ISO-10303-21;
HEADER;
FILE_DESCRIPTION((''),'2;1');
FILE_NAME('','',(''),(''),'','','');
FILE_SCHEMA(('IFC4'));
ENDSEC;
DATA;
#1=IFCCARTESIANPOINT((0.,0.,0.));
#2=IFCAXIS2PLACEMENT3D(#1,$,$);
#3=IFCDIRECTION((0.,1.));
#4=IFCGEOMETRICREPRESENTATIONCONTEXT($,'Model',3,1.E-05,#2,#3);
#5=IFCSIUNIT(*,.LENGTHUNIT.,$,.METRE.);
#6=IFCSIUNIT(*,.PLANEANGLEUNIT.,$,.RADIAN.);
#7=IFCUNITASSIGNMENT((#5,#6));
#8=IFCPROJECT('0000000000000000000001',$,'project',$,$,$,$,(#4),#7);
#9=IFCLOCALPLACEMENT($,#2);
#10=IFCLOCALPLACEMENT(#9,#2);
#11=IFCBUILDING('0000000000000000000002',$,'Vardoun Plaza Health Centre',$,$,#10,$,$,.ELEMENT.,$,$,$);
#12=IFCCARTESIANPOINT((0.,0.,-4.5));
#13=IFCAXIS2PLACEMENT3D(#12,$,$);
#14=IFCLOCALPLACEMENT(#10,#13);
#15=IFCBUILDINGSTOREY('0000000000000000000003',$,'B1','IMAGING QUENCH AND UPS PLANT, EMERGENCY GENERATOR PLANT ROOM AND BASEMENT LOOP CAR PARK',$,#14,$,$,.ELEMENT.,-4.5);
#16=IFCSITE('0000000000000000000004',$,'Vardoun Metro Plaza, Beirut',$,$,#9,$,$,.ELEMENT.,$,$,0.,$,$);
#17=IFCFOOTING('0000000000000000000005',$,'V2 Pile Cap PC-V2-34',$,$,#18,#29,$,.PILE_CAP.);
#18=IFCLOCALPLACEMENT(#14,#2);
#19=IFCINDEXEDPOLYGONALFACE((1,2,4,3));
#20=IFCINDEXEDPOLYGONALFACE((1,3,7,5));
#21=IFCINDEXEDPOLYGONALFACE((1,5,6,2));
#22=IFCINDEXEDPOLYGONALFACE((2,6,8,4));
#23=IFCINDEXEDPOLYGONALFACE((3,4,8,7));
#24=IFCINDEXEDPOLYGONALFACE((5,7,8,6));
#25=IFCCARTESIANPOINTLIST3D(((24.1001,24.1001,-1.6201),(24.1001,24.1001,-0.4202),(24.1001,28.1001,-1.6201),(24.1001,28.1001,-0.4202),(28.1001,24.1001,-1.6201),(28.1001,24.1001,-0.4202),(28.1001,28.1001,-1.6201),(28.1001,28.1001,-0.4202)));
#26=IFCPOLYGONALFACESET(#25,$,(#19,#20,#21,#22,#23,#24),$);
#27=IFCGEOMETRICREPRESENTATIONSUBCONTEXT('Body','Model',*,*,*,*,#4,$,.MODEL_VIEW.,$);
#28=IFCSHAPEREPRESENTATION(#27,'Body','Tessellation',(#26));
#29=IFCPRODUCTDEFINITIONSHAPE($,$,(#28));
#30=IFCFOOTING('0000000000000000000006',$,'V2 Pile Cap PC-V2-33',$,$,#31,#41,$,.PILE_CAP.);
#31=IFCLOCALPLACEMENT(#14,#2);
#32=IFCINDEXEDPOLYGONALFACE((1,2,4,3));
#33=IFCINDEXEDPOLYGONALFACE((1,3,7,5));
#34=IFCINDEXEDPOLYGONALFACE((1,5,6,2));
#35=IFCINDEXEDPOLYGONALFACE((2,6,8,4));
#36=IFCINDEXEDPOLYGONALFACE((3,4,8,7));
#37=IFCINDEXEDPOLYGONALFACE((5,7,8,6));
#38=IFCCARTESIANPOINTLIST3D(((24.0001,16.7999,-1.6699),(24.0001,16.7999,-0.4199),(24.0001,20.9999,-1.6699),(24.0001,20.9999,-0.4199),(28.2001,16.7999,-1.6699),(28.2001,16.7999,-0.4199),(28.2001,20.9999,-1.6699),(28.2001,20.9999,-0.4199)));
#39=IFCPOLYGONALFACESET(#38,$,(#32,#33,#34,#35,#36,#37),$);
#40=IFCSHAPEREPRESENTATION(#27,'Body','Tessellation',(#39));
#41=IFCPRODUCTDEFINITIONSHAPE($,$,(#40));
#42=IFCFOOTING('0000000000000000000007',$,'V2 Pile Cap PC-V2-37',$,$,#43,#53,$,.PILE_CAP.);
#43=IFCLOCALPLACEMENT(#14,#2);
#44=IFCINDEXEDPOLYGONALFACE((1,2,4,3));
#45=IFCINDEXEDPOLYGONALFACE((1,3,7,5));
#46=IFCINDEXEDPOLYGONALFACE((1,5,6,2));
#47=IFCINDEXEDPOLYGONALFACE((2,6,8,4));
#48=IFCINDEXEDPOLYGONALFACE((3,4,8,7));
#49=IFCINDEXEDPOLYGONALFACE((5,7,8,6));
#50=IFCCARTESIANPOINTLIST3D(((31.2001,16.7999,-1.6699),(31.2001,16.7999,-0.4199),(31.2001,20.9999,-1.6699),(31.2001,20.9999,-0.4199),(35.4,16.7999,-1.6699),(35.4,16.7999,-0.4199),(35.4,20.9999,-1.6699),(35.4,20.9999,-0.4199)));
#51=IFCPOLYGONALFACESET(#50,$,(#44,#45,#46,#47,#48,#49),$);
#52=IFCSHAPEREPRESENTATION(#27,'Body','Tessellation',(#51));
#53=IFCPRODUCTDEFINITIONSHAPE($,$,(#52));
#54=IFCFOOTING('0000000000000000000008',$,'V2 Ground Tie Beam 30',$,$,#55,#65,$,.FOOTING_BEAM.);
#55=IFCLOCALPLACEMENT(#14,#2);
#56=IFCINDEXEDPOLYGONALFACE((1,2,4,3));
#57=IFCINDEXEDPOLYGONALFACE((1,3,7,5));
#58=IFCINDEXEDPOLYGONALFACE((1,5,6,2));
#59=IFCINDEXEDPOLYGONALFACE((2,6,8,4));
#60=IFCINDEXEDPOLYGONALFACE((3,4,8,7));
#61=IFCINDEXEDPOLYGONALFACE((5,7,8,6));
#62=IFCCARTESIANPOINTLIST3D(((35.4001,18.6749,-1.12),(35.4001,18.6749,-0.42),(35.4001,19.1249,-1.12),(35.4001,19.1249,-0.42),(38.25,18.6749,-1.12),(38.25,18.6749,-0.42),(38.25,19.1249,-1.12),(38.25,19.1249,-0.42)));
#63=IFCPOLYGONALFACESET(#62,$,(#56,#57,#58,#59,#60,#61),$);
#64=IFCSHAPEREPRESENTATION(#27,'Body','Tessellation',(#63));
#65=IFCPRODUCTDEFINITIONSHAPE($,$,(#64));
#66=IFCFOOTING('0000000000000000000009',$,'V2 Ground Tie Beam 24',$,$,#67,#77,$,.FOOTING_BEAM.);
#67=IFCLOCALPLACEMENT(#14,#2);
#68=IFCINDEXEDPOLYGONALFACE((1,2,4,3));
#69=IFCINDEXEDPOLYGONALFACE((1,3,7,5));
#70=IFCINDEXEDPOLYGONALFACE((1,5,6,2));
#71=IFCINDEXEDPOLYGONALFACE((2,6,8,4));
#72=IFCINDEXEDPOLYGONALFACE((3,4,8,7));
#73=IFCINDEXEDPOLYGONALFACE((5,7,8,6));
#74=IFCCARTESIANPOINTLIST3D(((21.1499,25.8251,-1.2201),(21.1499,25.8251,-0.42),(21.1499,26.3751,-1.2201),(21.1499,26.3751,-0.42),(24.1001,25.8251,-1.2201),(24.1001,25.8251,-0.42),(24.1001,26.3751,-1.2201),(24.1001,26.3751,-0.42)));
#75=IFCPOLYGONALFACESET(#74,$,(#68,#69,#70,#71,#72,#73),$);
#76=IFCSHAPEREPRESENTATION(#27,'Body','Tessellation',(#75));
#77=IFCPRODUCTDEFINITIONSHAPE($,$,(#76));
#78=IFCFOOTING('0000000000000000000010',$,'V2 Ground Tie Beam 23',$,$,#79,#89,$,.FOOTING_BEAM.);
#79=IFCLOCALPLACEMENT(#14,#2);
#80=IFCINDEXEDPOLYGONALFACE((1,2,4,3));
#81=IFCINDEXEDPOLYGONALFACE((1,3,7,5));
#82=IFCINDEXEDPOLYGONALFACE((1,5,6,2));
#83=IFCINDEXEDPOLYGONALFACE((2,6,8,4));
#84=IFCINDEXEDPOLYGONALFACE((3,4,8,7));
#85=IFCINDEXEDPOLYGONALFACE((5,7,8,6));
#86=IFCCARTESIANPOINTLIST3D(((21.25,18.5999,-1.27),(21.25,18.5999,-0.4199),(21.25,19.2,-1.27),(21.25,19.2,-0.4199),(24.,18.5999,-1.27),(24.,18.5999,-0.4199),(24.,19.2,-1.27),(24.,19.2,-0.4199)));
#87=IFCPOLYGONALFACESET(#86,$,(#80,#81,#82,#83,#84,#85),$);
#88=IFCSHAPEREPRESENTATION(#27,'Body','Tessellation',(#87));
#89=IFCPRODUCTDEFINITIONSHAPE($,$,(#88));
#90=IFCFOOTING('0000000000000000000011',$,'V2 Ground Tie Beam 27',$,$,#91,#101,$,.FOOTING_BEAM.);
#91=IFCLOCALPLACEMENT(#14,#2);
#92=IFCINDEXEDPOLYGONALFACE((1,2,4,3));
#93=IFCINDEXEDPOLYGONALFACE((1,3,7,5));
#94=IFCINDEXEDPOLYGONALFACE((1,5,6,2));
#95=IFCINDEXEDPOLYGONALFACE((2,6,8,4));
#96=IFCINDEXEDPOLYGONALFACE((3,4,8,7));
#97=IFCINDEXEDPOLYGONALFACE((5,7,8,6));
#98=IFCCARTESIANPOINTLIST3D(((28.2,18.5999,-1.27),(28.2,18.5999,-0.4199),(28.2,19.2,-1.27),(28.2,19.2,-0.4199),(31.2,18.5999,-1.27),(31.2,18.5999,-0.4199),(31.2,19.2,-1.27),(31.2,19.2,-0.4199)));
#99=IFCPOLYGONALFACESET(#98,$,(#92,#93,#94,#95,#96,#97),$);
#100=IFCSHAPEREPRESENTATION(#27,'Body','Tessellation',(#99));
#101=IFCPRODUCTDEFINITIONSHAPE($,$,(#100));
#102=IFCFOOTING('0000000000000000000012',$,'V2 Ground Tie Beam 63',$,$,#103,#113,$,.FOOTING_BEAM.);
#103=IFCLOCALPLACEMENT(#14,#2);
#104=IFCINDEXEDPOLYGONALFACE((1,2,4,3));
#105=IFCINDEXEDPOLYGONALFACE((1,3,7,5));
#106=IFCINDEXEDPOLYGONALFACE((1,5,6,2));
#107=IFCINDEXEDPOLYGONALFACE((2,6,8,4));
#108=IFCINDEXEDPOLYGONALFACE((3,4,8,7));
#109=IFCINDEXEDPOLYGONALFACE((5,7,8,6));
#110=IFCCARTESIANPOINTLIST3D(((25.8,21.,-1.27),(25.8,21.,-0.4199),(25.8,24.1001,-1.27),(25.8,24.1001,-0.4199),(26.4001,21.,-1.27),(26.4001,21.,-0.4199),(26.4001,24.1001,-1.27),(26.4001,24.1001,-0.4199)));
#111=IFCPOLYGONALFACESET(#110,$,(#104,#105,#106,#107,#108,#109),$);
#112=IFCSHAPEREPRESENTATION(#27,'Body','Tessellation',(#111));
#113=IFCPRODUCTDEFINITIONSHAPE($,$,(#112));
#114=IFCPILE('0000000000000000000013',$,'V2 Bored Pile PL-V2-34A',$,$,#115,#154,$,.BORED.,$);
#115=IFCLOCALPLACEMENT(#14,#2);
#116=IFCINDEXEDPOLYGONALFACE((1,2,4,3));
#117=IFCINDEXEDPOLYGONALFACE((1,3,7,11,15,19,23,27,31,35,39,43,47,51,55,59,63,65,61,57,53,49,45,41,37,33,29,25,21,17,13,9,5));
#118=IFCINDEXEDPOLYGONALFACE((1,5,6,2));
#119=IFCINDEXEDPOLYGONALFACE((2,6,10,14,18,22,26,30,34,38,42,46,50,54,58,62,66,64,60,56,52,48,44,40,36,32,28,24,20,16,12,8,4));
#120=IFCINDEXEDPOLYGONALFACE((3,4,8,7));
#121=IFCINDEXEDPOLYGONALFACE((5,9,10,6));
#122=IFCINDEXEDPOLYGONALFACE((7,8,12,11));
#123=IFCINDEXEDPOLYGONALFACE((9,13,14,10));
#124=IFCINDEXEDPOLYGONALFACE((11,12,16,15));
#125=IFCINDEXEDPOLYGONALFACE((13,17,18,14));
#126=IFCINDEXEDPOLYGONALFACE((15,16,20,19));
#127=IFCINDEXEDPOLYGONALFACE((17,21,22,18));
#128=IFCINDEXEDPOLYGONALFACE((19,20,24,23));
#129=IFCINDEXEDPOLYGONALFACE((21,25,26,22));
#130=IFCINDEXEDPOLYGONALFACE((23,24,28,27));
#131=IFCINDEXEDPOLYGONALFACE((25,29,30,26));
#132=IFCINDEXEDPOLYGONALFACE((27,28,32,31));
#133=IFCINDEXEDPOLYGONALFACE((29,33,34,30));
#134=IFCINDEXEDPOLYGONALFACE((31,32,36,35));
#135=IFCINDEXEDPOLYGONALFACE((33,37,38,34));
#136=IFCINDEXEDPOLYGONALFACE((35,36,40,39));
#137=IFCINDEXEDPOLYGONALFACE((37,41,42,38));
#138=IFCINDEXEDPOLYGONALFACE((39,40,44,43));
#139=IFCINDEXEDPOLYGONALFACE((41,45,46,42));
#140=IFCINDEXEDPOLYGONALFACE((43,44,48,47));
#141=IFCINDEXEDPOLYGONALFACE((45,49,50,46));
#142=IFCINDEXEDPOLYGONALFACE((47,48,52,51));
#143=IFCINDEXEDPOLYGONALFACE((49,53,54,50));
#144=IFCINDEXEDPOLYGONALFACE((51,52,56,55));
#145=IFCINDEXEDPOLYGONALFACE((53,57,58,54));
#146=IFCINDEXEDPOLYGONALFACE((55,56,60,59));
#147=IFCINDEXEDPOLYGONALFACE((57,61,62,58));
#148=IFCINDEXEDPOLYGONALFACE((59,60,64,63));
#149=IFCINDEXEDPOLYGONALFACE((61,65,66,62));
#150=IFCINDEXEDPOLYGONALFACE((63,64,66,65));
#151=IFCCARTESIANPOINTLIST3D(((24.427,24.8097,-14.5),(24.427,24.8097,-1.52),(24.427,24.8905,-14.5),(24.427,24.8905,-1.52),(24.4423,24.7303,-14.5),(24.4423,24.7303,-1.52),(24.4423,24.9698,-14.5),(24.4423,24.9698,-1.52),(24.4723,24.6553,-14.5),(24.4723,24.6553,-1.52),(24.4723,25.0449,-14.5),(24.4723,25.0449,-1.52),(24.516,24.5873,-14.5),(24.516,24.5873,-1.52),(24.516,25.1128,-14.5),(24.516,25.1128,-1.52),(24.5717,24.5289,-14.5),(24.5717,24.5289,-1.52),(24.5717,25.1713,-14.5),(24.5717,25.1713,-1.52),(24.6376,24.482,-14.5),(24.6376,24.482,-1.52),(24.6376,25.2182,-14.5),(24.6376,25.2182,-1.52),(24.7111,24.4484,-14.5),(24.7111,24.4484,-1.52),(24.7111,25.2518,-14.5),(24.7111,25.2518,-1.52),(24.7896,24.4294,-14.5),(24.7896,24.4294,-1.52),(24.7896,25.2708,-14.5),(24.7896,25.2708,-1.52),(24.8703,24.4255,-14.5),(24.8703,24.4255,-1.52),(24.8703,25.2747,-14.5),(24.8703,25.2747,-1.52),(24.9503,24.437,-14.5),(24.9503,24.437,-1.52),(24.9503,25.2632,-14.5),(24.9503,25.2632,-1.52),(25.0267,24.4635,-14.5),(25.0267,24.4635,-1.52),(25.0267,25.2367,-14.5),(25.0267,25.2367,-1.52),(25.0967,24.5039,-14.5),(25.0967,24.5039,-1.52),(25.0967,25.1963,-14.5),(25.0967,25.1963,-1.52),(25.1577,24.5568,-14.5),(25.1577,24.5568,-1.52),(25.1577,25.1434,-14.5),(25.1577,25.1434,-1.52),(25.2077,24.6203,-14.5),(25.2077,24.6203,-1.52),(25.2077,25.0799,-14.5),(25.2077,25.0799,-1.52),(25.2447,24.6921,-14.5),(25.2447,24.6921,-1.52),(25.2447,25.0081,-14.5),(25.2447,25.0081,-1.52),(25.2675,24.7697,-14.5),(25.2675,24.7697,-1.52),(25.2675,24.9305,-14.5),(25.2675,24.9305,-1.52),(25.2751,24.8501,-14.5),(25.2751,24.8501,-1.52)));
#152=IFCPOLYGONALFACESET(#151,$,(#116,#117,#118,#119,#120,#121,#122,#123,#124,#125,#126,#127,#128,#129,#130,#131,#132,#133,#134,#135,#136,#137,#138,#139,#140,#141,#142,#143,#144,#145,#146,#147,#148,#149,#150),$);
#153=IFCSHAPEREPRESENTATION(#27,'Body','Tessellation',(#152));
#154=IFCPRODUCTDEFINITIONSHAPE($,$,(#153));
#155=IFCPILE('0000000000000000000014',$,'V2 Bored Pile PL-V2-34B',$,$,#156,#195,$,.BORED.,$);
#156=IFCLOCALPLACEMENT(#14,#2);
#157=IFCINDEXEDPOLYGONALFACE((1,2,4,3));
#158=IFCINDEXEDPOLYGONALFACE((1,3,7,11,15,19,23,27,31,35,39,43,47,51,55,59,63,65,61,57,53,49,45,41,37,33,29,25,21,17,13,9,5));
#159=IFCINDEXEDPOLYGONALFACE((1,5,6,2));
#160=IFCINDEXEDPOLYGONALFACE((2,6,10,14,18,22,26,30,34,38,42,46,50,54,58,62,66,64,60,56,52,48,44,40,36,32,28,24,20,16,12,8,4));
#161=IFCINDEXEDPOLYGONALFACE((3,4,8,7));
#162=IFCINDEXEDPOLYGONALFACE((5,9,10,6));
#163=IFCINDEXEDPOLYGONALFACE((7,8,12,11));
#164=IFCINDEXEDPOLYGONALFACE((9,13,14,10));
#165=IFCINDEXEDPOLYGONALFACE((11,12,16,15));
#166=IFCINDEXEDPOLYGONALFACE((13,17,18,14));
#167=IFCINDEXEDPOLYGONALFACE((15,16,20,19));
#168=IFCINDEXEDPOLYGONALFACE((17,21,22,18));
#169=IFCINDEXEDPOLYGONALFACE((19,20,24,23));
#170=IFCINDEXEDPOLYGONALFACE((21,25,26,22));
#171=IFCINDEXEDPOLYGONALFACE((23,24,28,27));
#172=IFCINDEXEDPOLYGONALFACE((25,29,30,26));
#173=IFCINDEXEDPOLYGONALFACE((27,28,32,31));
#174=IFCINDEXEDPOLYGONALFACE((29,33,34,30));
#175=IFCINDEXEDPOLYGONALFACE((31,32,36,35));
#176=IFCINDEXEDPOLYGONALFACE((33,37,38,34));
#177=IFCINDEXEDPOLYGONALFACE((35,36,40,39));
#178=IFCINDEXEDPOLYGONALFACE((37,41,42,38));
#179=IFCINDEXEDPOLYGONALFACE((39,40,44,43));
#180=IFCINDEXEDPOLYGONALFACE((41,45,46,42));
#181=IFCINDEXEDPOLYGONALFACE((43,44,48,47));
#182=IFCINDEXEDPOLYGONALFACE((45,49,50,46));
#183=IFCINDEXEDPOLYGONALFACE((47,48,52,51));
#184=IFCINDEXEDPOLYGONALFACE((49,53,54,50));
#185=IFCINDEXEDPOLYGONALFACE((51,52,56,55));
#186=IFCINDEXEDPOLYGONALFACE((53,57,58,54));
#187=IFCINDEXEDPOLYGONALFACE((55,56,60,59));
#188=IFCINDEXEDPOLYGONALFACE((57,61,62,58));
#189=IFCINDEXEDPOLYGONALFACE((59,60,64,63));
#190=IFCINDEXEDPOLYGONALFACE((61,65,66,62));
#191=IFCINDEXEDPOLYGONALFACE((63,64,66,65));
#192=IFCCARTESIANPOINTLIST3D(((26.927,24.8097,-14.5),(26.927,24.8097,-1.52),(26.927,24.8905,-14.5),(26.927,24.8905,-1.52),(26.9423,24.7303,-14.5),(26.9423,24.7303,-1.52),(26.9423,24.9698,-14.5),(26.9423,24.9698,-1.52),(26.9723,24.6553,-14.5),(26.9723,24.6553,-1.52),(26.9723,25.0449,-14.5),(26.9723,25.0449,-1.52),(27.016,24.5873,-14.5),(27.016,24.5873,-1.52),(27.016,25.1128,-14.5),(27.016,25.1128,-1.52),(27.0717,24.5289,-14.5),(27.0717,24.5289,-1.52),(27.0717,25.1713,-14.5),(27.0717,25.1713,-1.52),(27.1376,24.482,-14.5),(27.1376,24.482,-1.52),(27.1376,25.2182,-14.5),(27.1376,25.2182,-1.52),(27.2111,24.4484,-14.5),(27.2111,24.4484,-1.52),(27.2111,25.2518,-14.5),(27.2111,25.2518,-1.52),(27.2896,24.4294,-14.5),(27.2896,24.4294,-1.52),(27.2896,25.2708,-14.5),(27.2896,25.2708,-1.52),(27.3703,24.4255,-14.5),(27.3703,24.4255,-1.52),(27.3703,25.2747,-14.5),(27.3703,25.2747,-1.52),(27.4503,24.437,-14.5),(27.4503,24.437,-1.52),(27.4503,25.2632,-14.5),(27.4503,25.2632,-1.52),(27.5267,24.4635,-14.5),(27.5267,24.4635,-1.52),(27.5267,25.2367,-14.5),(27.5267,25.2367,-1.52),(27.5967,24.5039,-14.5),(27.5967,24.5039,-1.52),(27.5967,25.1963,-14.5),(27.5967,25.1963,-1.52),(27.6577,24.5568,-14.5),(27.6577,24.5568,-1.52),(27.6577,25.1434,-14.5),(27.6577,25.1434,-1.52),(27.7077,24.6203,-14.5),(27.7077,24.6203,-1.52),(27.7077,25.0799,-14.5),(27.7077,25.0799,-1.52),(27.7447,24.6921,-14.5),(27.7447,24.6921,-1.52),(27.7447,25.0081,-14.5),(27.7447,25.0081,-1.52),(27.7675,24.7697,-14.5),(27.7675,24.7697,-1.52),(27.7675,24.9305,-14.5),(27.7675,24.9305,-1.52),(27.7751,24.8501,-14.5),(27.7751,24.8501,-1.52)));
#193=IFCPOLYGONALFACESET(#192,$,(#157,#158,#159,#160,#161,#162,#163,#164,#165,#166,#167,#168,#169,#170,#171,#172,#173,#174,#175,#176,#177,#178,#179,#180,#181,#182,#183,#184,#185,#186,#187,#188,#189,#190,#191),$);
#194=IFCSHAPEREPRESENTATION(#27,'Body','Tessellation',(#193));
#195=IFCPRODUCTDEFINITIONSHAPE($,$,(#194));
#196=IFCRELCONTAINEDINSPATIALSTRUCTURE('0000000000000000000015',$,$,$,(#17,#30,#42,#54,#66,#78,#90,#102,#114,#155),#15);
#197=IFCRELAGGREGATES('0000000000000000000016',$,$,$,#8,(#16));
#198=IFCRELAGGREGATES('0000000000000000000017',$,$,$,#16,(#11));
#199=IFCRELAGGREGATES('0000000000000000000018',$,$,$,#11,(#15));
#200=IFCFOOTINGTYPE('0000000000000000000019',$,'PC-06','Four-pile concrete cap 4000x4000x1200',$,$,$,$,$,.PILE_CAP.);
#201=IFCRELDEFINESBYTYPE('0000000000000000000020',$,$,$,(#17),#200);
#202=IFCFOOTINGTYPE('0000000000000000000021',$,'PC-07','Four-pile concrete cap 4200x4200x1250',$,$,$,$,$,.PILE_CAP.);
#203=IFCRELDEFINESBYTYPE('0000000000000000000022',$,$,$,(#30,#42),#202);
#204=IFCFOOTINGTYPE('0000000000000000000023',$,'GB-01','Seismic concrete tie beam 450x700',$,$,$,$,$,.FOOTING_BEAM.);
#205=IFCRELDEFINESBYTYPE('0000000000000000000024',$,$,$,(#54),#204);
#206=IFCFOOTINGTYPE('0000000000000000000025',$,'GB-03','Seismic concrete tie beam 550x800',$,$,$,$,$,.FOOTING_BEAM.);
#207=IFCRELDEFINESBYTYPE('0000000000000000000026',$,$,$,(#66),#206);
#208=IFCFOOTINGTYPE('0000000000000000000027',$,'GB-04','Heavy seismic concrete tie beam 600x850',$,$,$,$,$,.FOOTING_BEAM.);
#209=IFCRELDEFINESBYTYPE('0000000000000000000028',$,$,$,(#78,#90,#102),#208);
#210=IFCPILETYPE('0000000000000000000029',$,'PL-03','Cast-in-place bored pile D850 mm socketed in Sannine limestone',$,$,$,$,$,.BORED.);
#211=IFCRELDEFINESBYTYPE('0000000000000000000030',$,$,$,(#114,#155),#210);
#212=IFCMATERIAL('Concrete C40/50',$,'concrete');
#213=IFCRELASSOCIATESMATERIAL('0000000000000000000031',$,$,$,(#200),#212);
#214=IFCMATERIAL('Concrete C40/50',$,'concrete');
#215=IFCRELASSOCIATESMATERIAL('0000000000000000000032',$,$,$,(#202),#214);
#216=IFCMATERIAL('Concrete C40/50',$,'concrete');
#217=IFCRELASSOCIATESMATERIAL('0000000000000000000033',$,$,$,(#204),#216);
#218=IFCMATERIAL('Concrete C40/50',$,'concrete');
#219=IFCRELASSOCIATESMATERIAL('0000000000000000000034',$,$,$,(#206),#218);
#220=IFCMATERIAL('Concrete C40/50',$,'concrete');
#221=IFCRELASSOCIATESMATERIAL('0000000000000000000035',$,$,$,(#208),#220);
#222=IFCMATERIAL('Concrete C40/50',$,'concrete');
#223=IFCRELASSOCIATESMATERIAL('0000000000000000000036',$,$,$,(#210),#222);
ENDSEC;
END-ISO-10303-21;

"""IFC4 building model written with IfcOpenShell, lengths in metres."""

from ifc_helpers import new_model, si_unit, direction, frame, origin, origin_2d, place, context, subcontext, project, spatial, rectangle, circle, extrude, material, material_profile, profile_set, type_object, element, save


model = new_model("IFC4")

# Units and contexts
model_context = context("Model", 3, precision=1e-05, world=origin(), true_north=direction((0.0, 1.0)))
body_context = subcontext(model_context, "Body", "Model", "MODEL_VIEW")
ifc_project = project(units=[si_unit("LENGTHUNIT", "METRE"), si_unit("PLANEANGLEUNIT", "RADIAN")], contexts=[model_context])

# Site, building, storey
site_placement = place(None, origin())
site = spatial("IfcSite", under=ifc_project, at=site_placement, Name="Vardoun Metro Plaza, Beirut", CompositionType="ELEMENT", RefElevation=0.0)
building_placement = place(site_placement, origin())
building = spatial("IfcBuilding", under=site, at=building_placement, Name="Vardoun Plaza Health Centre", CompositionType="ELEMENT")
storey_placement = place(building_placement, frame((0.0, 0.0, -4.5)))
storey = spatial("IfcBuildingStorey", under=building, at=storey_placement, Name="B1", Description="IMAGING QUENCH AND UPS PLANT, EMERGENCY GENERATOR PLANT ROOM AND BASEMENT LOOP CAR PARK", CompositionType="ELEMENT", Elevation=-4.5)

# Footings
ifc_material_1 = material(Name="Concrete C40/50", Category="concrete")
footing_type_1 = type_object("IfcFootingType", Name="PC-06", Description="Four-pile concrete cap 4000x4000x1200", PredefinedType="PILE_CAP", material=ifc_material_1)
footing_1_placement = place(storey_placement, frame((26.1001, 26.1001, -1.6201), z_axis=(0.0, 0.0, 1.0), x_axis=(1.0, 0.0, 0.0)))
element("IfcFooting", 1, at=footing_1_placement, inside=storey, type_object=footing_type_1, Name="V2 Pile Cap PC-V2-34", PredefinedType="PILE_CAP", context=body_context, shape_type="SweptSolid", body=[
    extrude(rectangle(XDim=4.0, YDim=4.0, at=origin_2d()), origin(), (0.0, 0.0, 1.0), 1.2),
])
ifc_material_2 = material(Name="Concrete C40/50", Category="concrete")
footing_type_2 = type_object("IfcFootingType", Name="PC-07", Description="Four-pile concrete cap 4200x4200x1250", PredefinedType="PILE_CAP", material=ifc_material_2)
for number, where, z_axis, x_axis, name in (
    (2, (26.1001, 18.8999, -1.6699), (0.0, 0.0, 1.0), (1.0, 0.0, 0.0), "V2 Pile Cap PC-V2-33"),
    (3, (33.3, 18.8999, -1.6699), (0.0, 0.0, 1.0), (1.0, 0.0, 0.0), "V2 Pile Cap PC-V2-37"),
):
    element("IfcFooting", number, at=place(storey_placement, frame(where, z_axis=z_axis, x_axis=x_axis)), inside=storey, type_object=footing_type_2, Name=name, PredefinedType="PILE_CAP", context=body_context, shape_type="SweptSolid", body=[
        extrude(rectangle(XDim=4.2, YDim=4.2, at=origin_2d()), origin(), (0.0, 0.0, 1.0), 1.25),
    ])
ifc_material_3 = material(Name="Concrete C40/50", Category="concrete")
ifc_material_profile_1 = material_profile(ifc_material_3, rectangle(XDim=0.45, YDim=0.7, at=origin_2d()), Name="GB 450x700")
ifc_profile_set_1 = profile_set([ifc_material_profile_1], Name="Concrete C40/50")
footing_type_3 = type_object("IfcFootingType", Name="GB-01", Description="Seismic concrete tie beam 450x700", PredefinedType="FOOTING_BEAM", material=ifc_profile_set_1)
footing_2_placement = place(storey_placement, frame((35.4001, 18.8999, -0.77), z_axis=(1.0, 0.0, 0.0), x_axis=(0.0, 1.0, 0.0)))
element("IfcFooting", 4, at=footing_2_placement, inside=storey, type_object=footing_type_3, Name="V2 Ground Tie Beam 30", PredefinedType="FOOTING_BEAM", context=body_context, shape_type="SweptSolid", body=[
    extrude(rectangle(XDim=0.45, YDim=0.7, at=origin_2d()), origin(), (0.0, 0.0, 1.0), 2.8499),
])
ifc_material_4 = material(Name="Concrete C40/50", Category="concrete")
ifc_material_profile_2 = material_profile(ifc_material_4, rectangle(XDim=0.55, YDim=0.8, at=origin_2d()), Name="GB 550x800")
ifc_profile_set_2 = profile_set([ifc_material_profile_2], Name="Concrete C40/50")
footing_type_4 = type_object("IfcFootingType", Name="GB-03", Description="Seismic concrete tie beam 550x800", PredefinedType="FOOTING_BEAM", material=ifc_profile_set_2)
footing_3_placement = place(storey_placement, frame((21.1499, 26.1001, -0.8201), z_axis=(1.0, 0.0, 0.0), x_axis=(0.0, 1.0, 0.0)))
element("IfcFooting", 5, at=footing_3_placement, inside=storey, type_object=footing_type_4, Name="V2 Ground Tie Beam 24", PredefinedType="FOOTING_BEAM", context=body_context, shape_type="SweptSolid", body=[
    extrude(rectangle(XDim=0.55, YDim=0.8, at=origin_2d()), origin(), (0.0, 0.0, 1.0), 2.9502),
])
ifc_material_5 = material(Name="Concrete C40/50", Category="concrete")
ifc_material_profile_3 = material_profile(ifc_material_5, rectangle(XDim=0.6001, YDim=0.8501, at=origin_2d()), Name="GB 600x850")
ifc_profile_set_3 = profile_set([ifc_material_profile_3], Name="Concrete C40/50")
footing_type_5 = type_object("IfcFootingType", Name="GB-04", Description="Heavy seismic concrete tie beam 600x850", PredefinedType="FOOTING_BEAM", material=ifc_profile_set_3)
footing_4_placement = place(storey_placement, frame((21.25, 18.8999, -0.845), z_axis=(1.0, 0.0, 0.0), x_axis=(0.0, 1.0, 0.0)))
element("IfcFooting", 6, at=footing_4_placement, inside=storey, type_object=footing_type_5, Name="V2 Ground Tie Beam 23", PredefinedType="FOOTING_BEAM", context=body_context, shape_type="SweptSolid", body=[
    extrude(rectangle(XDim=0.6001, YDim=0.8501, at=origin_2d()), origin(), (0.0, 0.0, 1.0), 2.75),
])
footing_5_placement = place(storey_placement, frame((28.2, 18.8999, -0.845), z_axis=(1.0, 0.0, 0.0), x_axis=(0.0, 1.0, 0.0)))
element("IfcFooting", 7, at=footing_5_placement, inside=storey, type_object=footing_type_5, Name="V2 Ground Tie Beam 27", PredefinedType="FOOTING_BEAM", context=body_context, shape_type="SweptSolid", body=[
    extrude(rectangle(XDim=0.6001, YDim=0.8501, at=origin_2d()), origin(), (0.0, 0.0, 1.0), 3.0),
])
footing_6_placement = place(storey_placement, frame((26.1001, 21.0, -0.845), z_axis=(0.0, 1.0, 0.0), x_axis=(-1.0, 0.0, 0.0)))
element("IfcFooting", 8, at=footing_6_placement, inside=storey, type_object=footing_type_5, Name="V2 Ground Tie Beam 63", PredefinedType="FOOTING_BEAM", context=body_context, shape_type="SweptSolid", body=[
    extrude(rectangle(XDim=0.6001, YDim=0.8501, at=origin_2d()), origin(), (0.0, 0.0, 1.0), 3.1001),
])

# Piles
ifc_material_6 = material(Name="Concrete C40/50", Category="concrete")
ifc_material_profile_4 = material_profile(ifc_material_6, circle(Radius=0.425, at=origin_2d()), Name="PILE D850")
ifc_profile_set_4 = profile_set([ifc_material_profile_4], Name="Concrete C40/50")
pile_type_1 = type_object("IfcPileType", Name="PL-03", Description="Cast-in-place bored pile D850 mm socketed in Sannine limestone", PredefinedType="BORED", material=ifc_profile_set_4)
for number, where, z_axis, x_axis, name in (
    (9, (24.8501, 24.8501, -1.52), (0.0, 0.0, -1.0), (1.0, 0.0, 0.0), "V2 Bored Pile PL-V2-34A"),
    (10, (27.3501, 24.8501, -1.52), (0.0, 0.0, -1.0), (1.0, 0.0, 0.0), "V2 Bored Pile PL-V2-34B"),
):
    element("IfcPile", number, at=place(storey_placement, frame(where, z_axis=z_axis, x_axis=x_axis)), inside=storey, type_object=pile_type_1, Name=name, PredefinedType="BORED", context=body_context, shape_type="SweptSolid", body=[
        extrude(circle(Radius=0.425, at=origin_2d()), origin(), (0.0, 0.0, 1.0), 12.98),
    ])

save(model, "model.ifc")
